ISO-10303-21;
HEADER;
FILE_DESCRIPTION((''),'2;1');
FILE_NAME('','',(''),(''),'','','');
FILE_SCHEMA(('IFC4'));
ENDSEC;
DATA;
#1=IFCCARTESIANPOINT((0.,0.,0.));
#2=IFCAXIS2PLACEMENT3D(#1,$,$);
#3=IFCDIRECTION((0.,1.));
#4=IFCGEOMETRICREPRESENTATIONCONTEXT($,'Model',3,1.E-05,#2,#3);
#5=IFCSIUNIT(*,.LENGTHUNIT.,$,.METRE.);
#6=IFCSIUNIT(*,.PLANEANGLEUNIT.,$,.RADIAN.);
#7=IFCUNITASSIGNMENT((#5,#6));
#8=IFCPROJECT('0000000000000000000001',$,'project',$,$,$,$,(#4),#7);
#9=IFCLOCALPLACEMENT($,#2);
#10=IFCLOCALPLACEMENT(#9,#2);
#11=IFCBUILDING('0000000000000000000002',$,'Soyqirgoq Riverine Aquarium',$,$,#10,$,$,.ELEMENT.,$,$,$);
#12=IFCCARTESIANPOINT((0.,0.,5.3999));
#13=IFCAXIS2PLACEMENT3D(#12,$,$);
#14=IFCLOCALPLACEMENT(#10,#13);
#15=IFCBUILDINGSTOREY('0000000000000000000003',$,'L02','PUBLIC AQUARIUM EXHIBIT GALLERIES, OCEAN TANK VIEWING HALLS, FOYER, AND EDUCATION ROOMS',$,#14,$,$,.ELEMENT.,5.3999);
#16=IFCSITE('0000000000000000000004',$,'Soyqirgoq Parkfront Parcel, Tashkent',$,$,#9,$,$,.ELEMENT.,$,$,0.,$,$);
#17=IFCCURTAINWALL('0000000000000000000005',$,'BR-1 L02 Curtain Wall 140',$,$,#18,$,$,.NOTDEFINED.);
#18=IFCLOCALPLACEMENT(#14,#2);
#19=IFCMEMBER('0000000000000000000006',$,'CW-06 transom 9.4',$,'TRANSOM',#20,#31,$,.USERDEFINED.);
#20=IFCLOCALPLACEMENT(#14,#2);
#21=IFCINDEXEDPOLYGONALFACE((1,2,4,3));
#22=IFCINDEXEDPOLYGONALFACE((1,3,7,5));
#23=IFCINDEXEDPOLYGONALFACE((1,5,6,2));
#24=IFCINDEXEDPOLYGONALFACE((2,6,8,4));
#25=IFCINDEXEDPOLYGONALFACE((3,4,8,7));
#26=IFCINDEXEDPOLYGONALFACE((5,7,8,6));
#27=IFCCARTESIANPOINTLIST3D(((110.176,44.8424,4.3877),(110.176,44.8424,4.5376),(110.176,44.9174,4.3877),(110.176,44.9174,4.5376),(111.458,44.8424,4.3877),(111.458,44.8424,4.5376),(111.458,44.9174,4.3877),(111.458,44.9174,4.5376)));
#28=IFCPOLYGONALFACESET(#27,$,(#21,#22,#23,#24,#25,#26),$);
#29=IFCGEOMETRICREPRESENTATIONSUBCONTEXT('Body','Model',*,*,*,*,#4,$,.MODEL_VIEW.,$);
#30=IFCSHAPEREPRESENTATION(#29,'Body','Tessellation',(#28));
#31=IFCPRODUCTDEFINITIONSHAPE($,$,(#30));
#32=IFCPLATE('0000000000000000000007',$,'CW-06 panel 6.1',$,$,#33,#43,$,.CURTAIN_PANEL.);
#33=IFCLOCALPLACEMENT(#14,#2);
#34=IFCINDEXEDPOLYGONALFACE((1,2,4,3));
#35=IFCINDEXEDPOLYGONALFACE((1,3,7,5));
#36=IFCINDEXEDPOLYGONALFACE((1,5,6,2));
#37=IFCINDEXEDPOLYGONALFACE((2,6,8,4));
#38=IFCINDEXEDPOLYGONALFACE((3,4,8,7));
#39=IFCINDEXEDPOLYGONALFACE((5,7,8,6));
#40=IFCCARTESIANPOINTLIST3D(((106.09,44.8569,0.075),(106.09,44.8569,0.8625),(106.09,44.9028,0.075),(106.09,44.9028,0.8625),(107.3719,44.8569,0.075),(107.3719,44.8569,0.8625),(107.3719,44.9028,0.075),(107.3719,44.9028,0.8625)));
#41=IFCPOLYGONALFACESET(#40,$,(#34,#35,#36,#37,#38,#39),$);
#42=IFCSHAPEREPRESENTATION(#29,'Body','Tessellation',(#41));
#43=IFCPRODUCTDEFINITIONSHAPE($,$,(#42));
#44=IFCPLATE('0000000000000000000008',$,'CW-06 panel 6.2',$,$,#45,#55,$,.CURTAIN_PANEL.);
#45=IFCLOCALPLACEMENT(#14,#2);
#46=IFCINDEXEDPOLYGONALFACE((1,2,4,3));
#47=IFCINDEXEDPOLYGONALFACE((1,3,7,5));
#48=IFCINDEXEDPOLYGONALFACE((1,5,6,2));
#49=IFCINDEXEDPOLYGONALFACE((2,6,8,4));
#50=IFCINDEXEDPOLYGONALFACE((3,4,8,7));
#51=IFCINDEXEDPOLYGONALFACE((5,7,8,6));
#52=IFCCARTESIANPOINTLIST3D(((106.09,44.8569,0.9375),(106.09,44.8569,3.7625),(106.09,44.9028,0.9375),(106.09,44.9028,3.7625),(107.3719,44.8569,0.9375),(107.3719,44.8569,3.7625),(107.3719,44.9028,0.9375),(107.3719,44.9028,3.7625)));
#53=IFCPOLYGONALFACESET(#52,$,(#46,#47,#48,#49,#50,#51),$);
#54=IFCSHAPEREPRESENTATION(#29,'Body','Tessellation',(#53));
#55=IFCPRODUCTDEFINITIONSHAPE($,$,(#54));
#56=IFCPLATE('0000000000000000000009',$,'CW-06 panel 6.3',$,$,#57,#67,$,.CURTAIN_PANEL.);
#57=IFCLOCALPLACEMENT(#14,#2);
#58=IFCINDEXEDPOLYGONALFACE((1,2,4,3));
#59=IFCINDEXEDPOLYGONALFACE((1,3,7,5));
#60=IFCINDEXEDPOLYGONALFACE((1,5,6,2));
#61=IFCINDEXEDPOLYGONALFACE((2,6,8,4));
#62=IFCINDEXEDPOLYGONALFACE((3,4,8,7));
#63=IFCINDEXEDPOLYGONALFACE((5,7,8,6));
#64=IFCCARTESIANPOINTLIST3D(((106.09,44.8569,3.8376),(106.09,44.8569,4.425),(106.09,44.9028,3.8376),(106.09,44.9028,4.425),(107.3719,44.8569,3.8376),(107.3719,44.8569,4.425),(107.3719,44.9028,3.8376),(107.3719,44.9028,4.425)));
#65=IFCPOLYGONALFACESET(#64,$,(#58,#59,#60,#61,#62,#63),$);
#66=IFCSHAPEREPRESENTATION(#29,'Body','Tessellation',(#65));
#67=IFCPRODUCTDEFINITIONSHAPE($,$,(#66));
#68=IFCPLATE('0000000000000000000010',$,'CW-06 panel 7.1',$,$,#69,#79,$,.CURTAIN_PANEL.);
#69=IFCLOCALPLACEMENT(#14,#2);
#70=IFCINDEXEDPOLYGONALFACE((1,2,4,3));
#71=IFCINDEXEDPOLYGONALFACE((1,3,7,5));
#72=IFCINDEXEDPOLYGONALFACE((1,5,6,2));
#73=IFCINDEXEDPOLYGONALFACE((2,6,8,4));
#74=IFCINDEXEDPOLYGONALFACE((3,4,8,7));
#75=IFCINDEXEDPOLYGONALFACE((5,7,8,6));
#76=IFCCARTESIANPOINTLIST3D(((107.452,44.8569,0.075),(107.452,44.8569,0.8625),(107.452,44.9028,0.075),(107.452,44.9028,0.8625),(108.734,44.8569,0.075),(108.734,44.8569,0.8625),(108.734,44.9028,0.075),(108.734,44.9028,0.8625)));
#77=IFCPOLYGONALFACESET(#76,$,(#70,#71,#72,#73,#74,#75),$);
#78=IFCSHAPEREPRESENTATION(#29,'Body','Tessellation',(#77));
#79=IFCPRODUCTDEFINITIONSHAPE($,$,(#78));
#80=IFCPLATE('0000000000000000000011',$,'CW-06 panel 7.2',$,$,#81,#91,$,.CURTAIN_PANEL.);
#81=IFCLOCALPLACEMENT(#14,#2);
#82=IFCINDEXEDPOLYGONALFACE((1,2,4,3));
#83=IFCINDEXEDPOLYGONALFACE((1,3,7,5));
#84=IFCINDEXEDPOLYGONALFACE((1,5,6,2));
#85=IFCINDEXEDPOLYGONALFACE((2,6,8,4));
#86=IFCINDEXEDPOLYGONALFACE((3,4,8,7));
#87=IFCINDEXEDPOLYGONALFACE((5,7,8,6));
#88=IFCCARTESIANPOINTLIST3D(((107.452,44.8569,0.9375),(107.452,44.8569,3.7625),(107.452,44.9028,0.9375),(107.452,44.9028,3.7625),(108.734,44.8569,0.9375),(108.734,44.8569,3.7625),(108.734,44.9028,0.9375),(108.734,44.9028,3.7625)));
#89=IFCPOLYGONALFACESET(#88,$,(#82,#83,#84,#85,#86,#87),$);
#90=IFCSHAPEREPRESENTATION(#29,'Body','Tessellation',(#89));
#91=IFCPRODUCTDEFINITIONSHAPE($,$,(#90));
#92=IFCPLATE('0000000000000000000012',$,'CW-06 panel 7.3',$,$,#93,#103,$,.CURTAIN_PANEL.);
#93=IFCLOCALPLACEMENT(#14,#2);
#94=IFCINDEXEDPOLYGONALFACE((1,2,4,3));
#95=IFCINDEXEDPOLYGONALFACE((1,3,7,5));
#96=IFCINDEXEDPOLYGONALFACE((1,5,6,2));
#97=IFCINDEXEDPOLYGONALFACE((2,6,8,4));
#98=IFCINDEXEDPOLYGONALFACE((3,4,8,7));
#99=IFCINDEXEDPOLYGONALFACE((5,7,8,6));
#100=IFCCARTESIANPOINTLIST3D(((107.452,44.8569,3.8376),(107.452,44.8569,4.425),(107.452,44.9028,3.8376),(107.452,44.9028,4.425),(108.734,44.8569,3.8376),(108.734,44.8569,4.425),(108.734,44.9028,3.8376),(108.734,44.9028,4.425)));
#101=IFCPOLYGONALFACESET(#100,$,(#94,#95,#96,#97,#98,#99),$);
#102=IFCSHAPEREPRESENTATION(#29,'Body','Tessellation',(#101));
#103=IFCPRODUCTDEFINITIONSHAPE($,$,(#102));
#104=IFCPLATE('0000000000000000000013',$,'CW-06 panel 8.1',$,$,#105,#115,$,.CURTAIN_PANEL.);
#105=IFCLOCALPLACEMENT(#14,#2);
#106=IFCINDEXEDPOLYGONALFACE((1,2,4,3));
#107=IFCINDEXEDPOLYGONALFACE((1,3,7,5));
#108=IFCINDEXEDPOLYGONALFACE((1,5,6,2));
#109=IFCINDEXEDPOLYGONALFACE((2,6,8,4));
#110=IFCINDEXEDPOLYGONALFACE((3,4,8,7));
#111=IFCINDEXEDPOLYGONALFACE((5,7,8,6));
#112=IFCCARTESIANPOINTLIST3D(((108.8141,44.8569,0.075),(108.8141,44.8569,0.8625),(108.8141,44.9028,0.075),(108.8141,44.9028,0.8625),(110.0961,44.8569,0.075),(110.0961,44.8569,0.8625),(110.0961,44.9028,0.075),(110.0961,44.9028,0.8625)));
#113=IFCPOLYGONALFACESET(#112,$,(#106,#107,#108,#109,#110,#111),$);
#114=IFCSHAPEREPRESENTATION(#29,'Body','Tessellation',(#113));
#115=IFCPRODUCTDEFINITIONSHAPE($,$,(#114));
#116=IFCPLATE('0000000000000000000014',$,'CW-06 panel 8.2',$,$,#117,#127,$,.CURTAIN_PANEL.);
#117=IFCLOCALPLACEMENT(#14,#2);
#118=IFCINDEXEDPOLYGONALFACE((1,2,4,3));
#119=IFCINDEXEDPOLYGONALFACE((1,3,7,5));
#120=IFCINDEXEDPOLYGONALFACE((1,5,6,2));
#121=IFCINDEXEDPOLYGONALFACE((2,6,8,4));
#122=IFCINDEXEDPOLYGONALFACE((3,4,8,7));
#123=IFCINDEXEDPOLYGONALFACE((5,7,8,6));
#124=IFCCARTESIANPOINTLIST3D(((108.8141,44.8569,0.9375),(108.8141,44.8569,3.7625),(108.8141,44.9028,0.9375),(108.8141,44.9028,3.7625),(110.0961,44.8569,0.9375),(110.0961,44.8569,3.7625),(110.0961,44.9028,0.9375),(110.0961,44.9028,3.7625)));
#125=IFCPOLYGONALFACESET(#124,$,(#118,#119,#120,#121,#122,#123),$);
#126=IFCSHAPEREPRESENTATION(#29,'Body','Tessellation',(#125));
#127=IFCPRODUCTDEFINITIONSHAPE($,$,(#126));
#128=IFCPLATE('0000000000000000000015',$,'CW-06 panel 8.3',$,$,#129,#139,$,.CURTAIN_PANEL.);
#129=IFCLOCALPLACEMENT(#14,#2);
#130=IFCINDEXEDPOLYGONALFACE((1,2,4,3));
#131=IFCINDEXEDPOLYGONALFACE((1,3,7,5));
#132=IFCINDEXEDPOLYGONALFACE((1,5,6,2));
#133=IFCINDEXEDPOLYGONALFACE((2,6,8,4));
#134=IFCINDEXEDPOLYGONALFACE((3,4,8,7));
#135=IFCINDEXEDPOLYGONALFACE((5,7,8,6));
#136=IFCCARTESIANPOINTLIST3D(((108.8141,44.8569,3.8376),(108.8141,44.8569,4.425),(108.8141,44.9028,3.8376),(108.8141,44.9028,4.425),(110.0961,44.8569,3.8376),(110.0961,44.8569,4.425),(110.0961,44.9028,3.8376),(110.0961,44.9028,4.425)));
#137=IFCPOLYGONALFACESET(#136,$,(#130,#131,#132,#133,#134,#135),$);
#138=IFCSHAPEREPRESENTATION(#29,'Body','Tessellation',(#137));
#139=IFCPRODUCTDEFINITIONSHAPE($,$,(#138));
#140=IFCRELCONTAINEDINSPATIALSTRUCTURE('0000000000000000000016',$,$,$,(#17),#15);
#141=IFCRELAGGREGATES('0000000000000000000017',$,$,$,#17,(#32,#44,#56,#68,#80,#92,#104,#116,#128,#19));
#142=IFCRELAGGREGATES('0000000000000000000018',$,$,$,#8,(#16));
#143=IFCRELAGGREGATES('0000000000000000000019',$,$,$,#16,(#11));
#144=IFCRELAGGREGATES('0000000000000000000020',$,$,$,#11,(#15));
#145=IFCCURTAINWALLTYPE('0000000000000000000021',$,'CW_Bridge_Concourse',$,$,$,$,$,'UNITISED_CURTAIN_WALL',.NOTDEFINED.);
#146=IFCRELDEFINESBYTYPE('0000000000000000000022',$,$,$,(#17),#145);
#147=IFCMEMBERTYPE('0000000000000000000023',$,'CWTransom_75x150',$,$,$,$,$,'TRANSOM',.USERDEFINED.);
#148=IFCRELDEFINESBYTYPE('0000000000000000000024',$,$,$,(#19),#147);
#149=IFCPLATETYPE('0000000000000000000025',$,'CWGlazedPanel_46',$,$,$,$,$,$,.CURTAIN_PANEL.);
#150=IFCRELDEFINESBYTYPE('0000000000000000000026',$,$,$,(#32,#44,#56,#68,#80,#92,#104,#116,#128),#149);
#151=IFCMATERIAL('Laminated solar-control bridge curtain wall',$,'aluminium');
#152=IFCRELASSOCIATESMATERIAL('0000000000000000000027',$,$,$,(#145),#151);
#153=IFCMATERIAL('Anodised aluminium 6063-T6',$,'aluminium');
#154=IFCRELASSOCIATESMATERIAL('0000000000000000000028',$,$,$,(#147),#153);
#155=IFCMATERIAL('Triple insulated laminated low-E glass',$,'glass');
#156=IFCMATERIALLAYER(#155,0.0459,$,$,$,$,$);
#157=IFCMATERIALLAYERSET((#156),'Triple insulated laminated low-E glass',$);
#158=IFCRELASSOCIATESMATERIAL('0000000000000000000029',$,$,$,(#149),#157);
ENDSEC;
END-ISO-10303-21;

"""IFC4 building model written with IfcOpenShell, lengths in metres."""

from ifc_helpers import new_model, si_unit, direction, frame, origin, origin_2d, place, context, subcontext, project, spatial, rectangle, extrude, material, layer, layer_set, material_profile, profile_set, type_object, element, aggregate, save


model = new_model("IFC4")

# Units and contexts
model_context = context("Model", 3, precision=1e-05, world=origin(), true_north=direction((0.0, 1.0)))
body_context = subcontext(model_context, "Body", "Model", "MODEL_VIEW")
ifc_project = project(units=[si_unit("LENGTHUNIT", "METRE"), si_unit("PLANEANGLEUNIT", "RADIAN")], contexts=[model_context])

# Site, building, storey
site_placement = place(None, origin())
site = spatial("IfcSite", under=ifc_project, at=site_placement, Name="Soyqirgoq Parkfront Parcel, Tashkent", CompositionType="ELEMENT", RefElevation=0.0)
building_placement = place(site_placement, origin())
building = spatial("IfcBuilding", under=site, at=building_placement, Name="Soyqirgoq Riverine Aquarium", CompositionType="ELEMENT")
storey_placement = place(building_placement, frame((0.0, 0.0, 5.3999)))
storey = spatial("IfcBuildingStorey", under=building, at=storey_placement, Name="L02", Description="PUBLIC AQUARIUM EXHIBIT GALLERIES, OCEAN TANK VIEWING HALLS, FOYER, AND EDUCATION ROOMS", CompositionType="ELEMENT", Elevation=5.3999)

# Curtain wall, member, plates
ifc_material_1 = material(Name="Laminated solar-control bridge curtain wall", Category="aluminium")
curtain_wall_type = type_object("IfcCurtainWallType", Name="CW_Bridge_Concourse", ElementType="UNITISED_CURTAIN_WALL", PredefinedType="NOTDEFINED", material=ifc_material_1)
curtain_wall_placement = place(storey_placement, origin())
curtain_wall = element("IfcCurtainWall", 1, at=curtain_wall_placement, inside=storey, type_object=curtain_wall_type, Name="BR-1 L02 Curtain Wall 140", PredefinedType="NOTDEFINED")
ifc_material_2 = material(Name="Anodised aluminium 6063-T6", Category="aluminium")
ifc_material_profile_1 = material_profile(ifc_material_2, rectangle(XDim=0.075, YDim=0.1499, at=origin_2d()), Name="ALU-T 75x150")
ifc_profile_set_1 = profile_set([ifc_material_profile_1], Name="Anodised aluminium 6063-T6")
member_type_1 = type_object("IfcMemberType", Name="CWTransom_75x150", ElementType="TRANSOM", PredefinedType="USERDEFINED", material=ifc_profile_set_1)
member_1_placement = place(storey_placement, frame((110.176, 44.8799, 4.4626), z_axis=(1.0, 0.0, 0.0), x_axis=(0.0, 1.0, 0.0)))
member_1 = element("IfcMember", 2, at=member_1_placement, type_object=member_type_1, Name="CW-06 transom 9.4", ObjectType="TRANSOM", PredefinedType="USERDEFINED", context=body_context, shape_type="SweptSolid", body=[
    extrude(rectangle(XDim=0.075, YDim=0.1499, at=origin_2d()), origin(), (0.0, 0.0, 1.0), 1.282),
])
ifc_material_3 = material(Name="Triple insulated laminated low-E glass", Category="glass")
ifc_layer = layer(ifc_material_3, 0.0459)
ifc_layer_set = layer_set([ifc_layer], Name="Triple insulated laminated low-E glass")
plate_type = type_object("IfcPlateType", Name="CWGlazedPanel_46", PredefinedType="CURTAIN_PANEL", material=ifc_layer_set)
plate_1_placement = place(storey_placement, frame((106.731, 44.8799, 0.075), z_axis=(0.0, 0.0, 1.0), x_axis=(1.0, 0.0, 0.0)))
plate_1 = element("IfcPlate", 3, at=plate_1_placement, type_object=plate_type, Name="CW-06 panel 6.1", PredefinedType="CURTAIN_PANEL", context=body_context, shape_type="SweptSolid", body=[
    extrude(rectangle(XDim=1.282, YDim=0.0459, at=origin_2d()), origin(), (0.0, 0.0, 1.0), 0.7876),
])
plate_2_placement = place(storey_placement, frame((106.731, 44.8799, 0.9375), z_axis=(0.0, 0.0, 1.0), x_axis=(1.0, 0.0, 0.0)))
plate_2 = element("IfcPlate", 4, at=plate_2_placement, type_object=plate_type, Name="CW-06 panel 6.2", PredefinedType="CURTAIN_PANEL", context=body_context, shape_type="SweptSolid", body=[
    extrude(rectangle(XDim=1.282, YDim=0.0459, at=origin_2d()), origin(), (0.0, 0.0, 1.0), 2.825),
])
plate_3_placement = place(storey_placement, frame((106.731, 44.8799, 3.8376), z_axis=(0.0, 0.0, 1.0), x_axis=(1.0, 0.0, 0.0)))
plate_3 = element("IfcPlate", 5, at=plate_3_placement, type_object=plate_type, Name="CW-06 panel 6.3", PredefinedType="CURTAIN_PANEL", context=body_context, shape_type="SweptSolid", body=[
    extrude(rectangle(XDim=1.282, YDim=0.0459, at=origin_2d()), origin(), (0.0, 0.0, 1.0), 0.5874),
])
plate_4_placement = place(storey_placement, frame((108.093, 44.8799, 0.075), z_axis=(0.0, 0.0, 1.0), x_axis=(1.0, 0.0, 0.0)))
plate_4 = element("IfcPlate", 6, at=plate_4_placement, type_object=plate_type, Name="CW-06 panel 7.1", PredefinedType="CURTAIN_PANEL", context=body_context, shape_type="SweptSolid", body=[
    extrude(rectangle(XDim=1.282, YDim=0.0459, at=origin_2d()), origin(), (0.0, 0.0, 1.0), 0.7876),
])
plate_5_placement = place(storey_placement, frame((108.093, 44.8799, 0.9375), z_axis=(0.0, 0.0, 1.0), x_axis=(1.0, 0.0, 0.0)))
plate_5 = element("IfcPlate", 7, at=plate_5_placement, type_object=plate_type, Name="CW-06 panel 7.2", PredefinedType="CURTAIN_PANEL", context=body_context, shape_type="SweptSolid", body=[
    extrude(rectangle(XDim=1.282, YDim=0.0459, at=origin_2d()), origin(), (0.0, 0.0, 1.0), 2.825),
])
plate_6_placement = place(storey_placement, frame((108.093, 44.8799, 3.8376), z_axis=(0.0, 0.0, 1.0), x_axis=(1.0, 0.0, 0.0)))
plate_6 = element("IfcPlate", 8, at=plate_6_placement, type_object=plate_type, Name="CW-06 panel 7.3", PredefinedType="CURTAIN_PANEL", context=body_context, shape_type="SweptSolid", body=[
    extrude(rectangle(XDim=1.282, YDim=0.0459, at=origin_2d()), origin(), (0.0, 0.0, 1.0), 0.5874),
])
plate_7_placement = place(storey_placement, frame((109.4551, 44.8799, 0.075), z_axis=(0.0, 0.0, 1.0), x_axis=(1.0, 0.0, 0.0)))
plate_7 = element("IfcPlate", 9, at=plate_7_placement, type_object=plate_type, Name="CW-06 panel 8.1", PredefinedType="CURTAIN_PANEL", context=body_context, shape_type="SweptSolid", body=[
    extrude(rectangle(XDim=1.282, YDim=0.0459, at=origin_2d()), origin(), (0.0, 0.0, 1.0), 0.7876),
])
plate_8_placement = place(storey_placement, frame((109.4551, 44.8799, 0.9375), z_axis=(0.0, 0.0, 1.0), x_axis=(1.0, 0.0, 0.0)))
plate_8 = element("IfcPlate", 10, at=plate_8_placement, type_object=plate_type, Name="CW-06 panel 8.2", PredefinedType="CURTAIN_PANEL", context=body_context, shape_type="SweptSolid", body=[
    extrude(rectangle(XDim=1.282, YDim=0.0459, at=origin_2d()), origin(), (0.0, 0.0, 1.0), 2.825),
])
plate_9_placement = place(storey_placement, frame((109.4551, 44.8799, 3.8376), z_axis=(0.0, 0.0, 1.0), x_axis=(1.0, 0.0, 0.0)))
plate_9 = element("IfcPlate", 11, at=plate_9_placement, type_object=plate_type, Name="CW-06 panel 8.3", PredefinedType="CURTAIN_PANEL", context=body_context, shape_type="SweptSolid", body=[
    extrude(rectangle(XDim=1.282, YDim=0.0459, at=origin_2d()), origin(), (0.0, 0.0, 1.0), 0.5874),
])
aggregate(curtain_wall, [plate_1, plate_2, plate_3, plate_4, plate_5, plate_6, plate_7, plate_8, plate_9, member_1])

save(model, "model.ifc")
